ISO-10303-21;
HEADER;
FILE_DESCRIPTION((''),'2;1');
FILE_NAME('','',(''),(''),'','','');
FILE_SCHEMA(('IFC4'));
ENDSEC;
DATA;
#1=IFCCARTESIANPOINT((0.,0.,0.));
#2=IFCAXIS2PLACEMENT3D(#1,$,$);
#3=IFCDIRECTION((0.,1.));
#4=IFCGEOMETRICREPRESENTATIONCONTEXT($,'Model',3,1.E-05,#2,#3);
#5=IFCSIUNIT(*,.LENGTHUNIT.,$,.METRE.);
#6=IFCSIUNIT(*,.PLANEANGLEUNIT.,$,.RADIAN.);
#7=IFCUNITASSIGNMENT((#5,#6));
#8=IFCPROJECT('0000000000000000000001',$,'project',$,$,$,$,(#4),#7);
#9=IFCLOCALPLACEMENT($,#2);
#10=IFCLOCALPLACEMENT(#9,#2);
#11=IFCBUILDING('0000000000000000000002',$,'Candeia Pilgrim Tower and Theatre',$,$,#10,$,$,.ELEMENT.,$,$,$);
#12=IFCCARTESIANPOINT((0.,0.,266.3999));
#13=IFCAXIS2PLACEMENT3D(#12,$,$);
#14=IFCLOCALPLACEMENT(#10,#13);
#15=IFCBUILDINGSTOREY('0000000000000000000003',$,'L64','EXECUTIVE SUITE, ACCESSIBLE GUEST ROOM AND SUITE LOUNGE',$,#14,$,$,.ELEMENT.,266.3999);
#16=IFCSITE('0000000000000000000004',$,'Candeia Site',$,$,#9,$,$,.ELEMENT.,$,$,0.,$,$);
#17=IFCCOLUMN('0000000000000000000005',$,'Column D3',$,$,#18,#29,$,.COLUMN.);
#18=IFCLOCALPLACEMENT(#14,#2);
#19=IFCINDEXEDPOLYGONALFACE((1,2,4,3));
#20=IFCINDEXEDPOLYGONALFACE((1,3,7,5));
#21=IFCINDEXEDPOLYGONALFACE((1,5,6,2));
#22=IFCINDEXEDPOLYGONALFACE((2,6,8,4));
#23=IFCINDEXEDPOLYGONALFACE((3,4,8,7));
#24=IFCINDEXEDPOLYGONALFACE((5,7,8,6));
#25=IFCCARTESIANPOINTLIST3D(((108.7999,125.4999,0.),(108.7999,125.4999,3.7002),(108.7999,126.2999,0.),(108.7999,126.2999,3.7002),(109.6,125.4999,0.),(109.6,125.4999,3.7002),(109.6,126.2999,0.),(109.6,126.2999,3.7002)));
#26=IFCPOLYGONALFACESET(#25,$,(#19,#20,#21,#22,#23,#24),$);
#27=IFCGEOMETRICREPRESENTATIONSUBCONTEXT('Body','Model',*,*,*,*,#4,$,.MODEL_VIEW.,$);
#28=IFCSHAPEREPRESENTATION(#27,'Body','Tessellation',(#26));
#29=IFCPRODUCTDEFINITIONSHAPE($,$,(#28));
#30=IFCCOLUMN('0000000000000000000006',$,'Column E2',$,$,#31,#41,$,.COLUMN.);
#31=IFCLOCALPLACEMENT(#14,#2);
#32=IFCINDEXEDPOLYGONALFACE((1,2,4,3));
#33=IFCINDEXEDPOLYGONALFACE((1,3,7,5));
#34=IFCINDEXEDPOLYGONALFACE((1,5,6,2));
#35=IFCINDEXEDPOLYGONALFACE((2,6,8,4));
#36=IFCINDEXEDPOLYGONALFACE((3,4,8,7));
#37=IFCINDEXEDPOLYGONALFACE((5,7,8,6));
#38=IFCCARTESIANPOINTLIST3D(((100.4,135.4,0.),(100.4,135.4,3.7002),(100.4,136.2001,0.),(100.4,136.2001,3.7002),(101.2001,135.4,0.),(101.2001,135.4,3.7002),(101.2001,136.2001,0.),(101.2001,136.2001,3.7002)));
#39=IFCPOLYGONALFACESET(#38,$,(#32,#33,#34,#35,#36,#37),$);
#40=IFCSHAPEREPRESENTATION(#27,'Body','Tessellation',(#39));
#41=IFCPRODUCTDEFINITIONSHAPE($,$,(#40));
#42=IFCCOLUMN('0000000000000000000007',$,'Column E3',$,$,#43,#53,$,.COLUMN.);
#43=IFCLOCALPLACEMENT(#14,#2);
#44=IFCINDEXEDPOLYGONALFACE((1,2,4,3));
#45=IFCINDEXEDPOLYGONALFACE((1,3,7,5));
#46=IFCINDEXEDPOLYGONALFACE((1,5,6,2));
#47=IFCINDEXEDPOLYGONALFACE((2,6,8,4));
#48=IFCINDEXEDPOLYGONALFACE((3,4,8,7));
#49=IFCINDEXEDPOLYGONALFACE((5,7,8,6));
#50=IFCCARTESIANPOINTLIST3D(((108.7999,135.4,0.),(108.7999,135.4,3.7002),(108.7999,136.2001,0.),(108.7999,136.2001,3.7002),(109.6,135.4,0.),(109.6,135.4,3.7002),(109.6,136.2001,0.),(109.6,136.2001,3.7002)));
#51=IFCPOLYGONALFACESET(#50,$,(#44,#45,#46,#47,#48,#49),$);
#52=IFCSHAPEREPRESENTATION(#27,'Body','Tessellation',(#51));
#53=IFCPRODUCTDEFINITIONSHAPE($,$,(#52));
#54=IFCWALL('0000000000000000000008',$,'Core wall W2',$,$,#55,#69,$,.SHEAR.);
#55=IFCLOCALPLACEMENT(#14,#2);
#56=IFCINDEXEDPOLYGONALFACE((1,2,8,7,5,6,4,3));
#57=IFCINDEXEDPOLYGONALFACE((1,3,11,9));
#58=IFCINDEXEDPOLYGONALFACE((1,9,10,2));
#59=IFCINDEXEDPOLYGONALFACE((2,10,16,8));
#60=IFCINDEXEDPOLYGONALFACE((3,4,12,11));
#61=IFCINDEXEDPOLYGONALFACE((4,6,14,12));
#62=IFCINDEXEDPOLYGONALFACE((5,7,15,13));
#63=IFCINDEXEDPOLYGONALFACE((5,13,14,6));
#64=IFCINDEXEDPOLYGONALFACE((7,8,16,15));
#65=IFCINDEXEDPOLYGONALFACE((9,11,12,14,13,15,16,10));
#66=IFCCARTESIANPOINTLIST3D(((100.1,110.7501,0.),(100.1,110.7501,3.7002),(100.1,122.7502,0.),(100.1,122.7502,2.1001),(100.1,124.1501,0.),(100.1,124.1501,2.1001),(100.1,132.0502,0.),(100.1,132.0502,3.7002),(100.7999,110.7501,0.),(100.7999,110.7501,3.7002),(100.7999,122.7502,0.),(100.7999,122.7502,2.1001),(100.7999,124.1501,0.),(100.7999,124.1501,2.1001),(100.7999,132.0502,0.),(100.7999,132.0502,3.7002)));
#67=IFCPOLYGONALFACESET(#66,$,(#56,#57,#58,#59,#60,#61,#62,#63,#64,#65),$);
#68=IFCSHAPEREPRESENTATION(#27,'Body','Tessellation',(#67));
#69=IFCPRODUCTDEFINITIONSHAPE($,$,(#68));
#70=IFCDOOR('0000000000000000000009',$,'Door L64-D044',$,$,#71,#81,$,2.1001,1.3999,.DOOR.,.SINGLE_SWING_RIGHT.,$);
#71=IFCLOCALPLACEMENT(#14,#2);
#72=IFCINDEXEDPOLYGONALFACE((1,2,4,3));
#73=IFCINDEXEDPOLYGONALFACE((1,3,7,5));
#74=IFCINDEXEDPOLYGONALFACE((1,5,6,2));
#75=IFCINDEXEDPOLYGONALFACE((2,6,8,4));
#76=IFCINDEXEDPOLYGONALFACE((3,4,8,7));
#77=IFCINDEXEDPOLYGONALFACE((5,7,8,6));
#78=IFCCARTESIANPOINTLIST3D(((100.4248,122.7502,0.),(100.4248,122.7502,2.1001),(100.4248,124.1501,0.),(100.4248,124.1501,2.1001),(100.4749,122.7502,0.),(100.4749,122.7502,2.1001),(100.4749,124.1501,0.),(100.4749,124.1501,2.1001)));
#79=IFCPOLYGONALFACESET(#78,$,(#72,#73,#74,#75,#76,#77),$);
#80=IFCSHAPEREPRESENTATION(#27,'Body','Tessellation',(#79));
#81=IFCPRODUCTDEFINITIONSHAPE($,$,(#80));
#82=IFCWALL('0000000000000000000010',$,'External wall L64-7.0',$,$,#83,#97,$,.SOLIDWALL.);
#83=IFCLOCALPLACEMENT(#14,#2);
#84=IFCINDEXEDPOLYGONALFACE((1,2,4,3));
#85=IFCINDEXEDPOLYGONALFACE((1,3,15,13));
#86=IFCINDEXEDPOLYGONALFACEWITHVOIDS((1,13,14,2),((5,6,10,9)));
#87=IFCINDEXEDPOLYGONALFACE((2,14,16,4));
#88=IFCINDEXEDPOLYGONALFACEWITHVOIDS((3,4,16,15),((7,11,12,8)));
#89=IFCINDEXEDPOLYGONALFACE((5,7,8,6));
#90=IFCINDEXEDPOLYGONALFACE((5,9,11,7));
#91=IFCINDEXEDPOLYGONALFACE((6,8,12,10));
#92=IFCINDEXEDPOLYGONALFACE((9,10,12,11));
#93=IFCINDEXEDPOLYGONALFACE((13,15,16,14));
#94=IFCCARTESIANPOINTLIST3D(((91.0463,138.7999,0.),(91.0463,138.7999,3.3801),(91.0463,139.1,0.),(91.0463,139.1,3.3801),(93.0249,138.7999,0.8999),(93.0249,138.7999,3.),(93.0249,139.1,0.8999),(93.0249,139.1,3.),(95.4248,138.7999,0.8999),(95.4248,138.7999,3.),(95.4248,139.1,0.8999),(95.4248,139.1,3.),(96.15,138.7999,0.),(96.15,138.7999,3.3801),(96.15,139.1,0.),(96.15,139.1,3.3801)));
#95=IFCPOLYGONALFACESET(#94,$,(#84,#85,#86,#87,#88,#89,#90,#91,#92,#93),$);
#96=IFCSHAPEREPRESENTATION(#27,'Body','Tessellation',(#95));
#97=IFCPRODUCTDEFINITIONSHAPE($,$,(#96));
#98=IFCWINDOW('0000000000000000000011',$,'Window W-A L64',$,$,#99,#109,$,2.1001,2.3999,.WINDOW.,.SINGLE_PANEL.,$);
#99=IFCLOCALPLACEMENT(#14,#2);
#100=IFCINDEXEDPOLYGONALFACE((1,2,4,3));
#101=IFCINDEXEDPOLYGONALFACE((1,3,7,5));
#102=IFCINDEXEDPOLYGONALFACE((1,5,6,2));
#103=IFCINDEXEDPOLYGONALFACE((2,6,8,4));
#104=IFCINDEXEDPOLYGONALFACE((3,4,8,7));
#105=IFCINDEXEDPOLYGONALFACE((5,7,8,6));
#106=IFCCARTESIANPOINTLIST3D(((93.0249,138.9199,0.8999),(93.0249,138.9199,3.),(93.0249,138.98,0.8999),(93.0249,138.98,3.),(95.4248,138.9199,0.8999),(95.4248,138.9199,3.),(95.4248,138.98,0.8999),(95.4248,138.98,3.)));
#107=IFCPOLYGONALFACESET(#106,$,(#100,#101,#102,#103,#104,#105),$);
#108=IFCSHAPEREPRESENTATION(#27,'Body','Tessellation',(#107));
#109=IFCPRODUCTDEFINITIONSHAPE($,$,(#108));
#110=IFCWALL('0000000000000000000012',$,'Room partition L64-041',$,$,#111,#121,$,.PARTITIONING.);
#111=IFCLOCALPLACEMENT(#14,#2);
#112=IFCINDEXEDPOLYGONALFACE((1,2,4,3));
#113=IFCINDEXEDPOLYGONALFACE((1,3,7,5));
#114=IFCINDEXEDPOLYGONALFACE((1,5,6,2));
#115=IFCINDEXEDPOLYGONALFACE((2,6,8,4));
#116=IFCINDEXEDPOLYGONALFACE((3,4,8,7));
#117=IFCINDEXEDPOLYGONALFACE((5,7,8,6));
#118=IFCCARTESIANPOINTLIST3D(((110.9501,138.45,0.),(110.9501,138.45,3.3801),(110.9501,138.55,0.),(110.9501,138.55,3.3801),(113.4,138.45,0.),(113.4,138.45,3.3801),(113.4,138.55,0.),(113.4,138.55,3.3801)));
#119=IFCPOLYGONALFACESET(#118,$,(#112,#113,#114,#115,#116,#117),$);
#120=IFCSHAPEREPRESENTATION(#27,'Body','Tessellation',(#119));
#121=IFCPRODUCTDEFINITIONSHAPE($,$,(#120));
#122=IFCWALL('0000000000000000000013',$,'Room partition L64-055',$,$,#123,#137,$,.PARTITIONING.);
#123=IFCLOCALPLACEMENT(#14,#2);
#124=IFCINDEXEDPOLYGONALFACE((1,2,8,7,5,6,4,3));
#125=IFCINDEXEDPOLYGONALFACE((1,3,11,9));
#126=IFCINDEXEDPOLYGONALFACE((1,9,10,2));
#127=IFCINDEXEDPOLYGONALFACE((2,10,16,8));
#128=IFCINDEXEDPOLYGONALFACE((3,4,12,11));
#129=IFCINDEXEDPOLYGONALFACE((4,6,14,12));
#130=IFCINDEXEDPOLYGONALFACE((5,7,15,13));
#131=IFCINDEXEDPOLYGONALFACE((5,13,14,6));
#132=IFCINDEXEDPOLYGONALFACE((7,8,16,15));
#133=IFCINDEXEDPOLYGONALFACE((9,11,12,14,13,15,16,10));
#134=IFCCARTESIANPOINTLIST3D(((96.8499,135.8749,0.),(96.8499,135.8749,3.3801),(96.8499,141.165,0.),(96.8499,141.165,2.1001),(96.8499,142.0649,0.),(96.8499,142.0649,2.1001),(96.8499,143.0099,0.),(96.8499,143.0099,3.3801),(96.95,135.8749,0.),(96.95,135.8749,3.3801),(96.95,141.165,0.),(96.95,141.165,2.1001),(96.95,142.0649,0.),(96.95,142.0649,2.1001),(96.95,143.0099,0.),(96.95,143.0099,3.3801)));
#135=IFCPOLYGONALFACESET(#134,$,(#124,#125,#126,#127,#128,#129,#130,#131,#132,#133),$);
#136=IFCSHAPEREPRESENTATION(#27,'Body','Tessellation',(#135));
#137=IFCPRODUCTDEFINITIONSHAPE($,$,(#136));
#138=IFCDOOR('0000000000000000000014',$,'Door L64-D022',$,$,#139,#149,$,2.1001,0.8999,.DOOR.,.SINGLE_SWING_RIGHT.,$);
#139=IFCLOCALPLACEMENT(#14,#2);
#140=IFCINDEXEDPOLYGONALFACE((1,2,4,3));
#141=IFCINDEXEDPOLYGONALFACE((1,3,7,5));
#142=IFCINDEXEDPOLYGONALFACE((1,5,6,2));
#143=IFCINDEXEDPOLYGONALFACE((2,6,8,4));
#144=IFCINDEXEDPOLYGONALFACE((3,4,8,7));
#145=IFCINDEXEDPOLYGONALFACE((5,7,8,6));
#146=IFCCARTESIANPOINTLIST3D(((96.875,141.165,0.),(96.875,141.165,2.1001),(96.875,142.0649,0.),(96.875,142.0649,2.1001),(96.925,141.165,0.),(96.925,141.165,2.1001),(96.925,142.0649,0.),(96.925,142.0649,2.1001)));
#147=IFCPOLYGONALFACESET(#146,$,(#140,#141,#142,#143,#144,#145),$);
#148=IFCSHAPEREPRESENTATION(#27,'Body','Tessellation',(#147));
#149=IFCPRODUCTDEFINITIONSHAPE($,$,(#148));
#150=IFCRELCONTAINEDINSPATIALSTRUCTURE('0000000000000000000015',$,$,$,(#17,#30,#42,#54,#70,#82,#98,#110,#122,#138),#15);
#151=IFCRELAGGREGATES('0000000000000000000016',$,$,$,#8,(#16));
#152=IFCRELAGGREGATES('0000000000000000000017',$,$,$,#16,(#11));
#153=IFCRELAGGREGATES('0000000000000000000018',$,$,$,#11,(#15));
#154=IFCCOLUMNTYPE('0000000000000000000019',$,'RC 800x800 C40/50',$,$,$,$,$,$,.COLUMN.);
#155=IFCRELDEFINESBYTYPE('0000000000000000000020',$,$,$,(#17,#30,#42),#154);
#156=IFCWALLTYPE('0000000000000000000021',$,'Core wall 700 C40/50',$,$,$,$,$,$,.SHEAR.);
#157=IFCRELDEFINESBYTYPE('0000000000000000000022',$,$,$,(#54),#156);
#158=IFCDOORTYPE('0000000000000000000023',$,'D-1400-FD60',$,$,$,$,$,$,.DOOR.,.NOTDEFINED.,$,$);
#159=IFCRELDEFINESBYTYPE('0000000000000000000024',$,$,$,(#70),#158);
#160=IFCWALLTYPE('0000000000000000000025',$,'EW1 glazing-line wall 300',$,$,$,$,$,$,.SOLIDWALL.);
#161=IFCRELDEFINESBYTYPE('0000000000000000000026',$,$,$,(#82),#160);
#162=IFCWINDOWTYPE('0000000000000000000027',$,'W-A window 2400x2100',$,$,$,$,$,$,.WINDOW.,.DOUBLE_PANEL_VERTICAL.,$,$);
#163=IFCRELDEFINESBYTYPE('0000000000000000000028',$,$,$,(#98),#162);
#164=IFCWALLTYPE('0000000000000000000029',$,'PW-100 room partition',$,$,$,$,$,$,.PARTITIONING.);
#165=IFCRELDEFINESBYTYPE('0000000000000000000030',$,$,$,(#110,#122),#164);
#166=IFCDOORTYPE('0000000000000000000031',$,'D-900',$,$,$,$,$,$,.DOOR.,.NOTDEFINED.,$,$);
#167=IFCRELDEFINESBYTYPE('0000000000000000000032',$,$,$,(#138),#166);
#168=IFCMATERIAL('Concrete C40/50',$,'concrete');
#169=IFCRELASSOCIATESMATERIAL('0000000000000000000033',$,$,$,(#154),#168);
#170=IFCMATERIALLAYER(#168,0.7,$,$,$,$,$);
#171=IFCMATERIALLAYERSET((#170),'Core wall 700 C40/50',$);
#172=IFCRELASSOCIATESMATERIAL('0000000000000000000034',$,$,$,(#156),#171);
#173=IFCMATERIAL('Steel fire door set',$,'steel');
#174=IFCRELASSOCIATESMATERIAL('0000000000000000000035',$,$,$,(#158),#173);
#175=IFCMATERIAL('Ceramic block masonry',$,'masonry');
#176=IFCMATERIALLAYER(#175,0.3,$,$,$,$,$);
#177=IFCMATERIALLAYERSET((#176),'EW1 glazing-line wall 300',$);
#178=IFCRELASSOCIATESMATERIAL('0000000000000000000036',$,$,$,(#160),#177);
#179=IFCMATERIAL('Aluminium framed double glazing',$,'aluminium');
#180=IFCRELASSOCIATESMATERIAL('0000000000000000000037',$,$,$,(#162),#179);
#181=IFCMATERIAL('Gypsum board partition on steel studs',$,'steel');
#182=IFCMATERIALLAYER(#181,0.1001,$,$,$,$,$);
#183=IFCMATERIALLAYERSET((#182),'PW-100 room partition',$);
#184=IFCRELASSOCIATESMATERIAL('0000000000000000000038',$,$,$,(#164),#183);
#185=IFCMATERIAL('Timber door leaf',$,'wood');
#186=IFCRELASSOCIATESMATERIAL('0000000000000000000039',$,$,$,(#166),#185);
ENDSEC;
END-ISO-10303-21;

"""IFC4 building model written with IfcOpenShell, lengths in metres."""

from ifc_helpers import new_model, si_unit, direction, frame, frame_2d, origin, origin_2d, place, context, subcontext, project, spatial, rectangle, extrude, material, layer, layer_set, material_profile, profile_set, type_object, element, fill, save


model = new_model("IFC4")

# Units and contexts
model_context = context("Model", 3, precision=1e-05, world=origin(), true_north=direction((0.0, 1.0)))
body_context = subcontext(model_context, "Body", "Model", "MODEL_VIEW")
ifc_project = project(units=[si_unit("LENGTHUNIT", "METRE"), si_unit("PLANEANGLEUNIT", "RADIAN")], contexts=[model_context])

# Site, building, storey
site_placement = place(None, origin())
site = spatial("IfcSite", under=ifc_project, at=site_placement, Name="Candeia Site", CompositionType="ELEMENT", RefElevation=0.0)
building_placement = place(site_placement, origin())
building = spatial("IfcBuilding", under=site, at=building_placement, Name="Candeia Pilgrim Tower and Theatre", CompositionType="ELEMENT")
storey_placement = place(building_placement, frame((0.0, 0.0, 266.3999)))
storey = spatial("IfcBuildingStorey", under=building, at=storey_placement, Name="L64", Description="EXECUTIVE SUITE, ACCESSIBLE GUEST ROOM AND SUITE LOUNGE", CompositionType="ELEMENT", Elevation=266.3999)

# Columns
ifc_material_1 = material(Name="Concrete C40/50", Category="concrete")
ifc_material_profile = material_profile(ifc_material_1, rectangle(XDim=0.8, YDim=0.8, at=origin_2d()))
ifc_profile_set = profile_set([ifc_material_profile], Name="Concrete C40/50")
column_type = type_object("IfcColumnType", Name="RC 800x800 C40/50", PredefinedType="COLUMN", material=ifc_profile_set)
for number, where, z_axis, x_axis, name in (
    (1, (109.2, 125.8999, 0.0), (0.0, 0.0, 1.0), (1.0, 0.0, 0.0), "Column D3"),
    (2, (100.8, 135.8, 0.0), (0.0, 0.0, 1.0), (1.0, 0.0, 0.0), "Column E2"),
    (3, (109.2, 135.8, 0.0), (0.0, 0.0, 1.0), (1.0, 0.0, 0.0), "Column E3"),
):
    element("IfcColumn", number, at=place(storey_placement, frame(where, z_axis=z_axis, x_axis=x_axis)), inside=storey, type_object=column_type, Name=name, PredefinedType="COLUMN", context=body_context, shape_type="SweptSolid", body=[
        extrude(rectangle(XDim=0.8, YDim=0.8, at=origin_2d()), origin(), (0.0, 0.0, 1.0), 3.7002),
    ])

# Wall, opening, door
ifc_layer_1 = layer(ifc_material_1, 0.7)
ifc_layer_set_1 = layer_set([ifc_layer_1], Name="Core wall 700 C40/50")
wall_type_1 = type_object("IfcWallType", Name="Core wall 700 C40/50", PredefinedType="SHEAR", material=ifc_layer_set_1)
wall_1_placement = place(storey_placement, frame((100.45, 132.05, 0.0), z_axis=(0.0, 0.0, 1.0), x_axis=(0.0, -1.0, 0.0)))
wall_1 = element("IfcWall", 4, at=wall_1_placement, inside=storey, type_object=wall_type_1, Name="Core wall W2", PredefinedType="SHEAR", context=body_context, shape_type="SweptSolid", body=[
    extrude(rectangle(XDim=21.3, YDim=0.7, at=frame_2d((10.6499, 0.0))), origin(), (0.0, 0.0, 1.0), 3.7002),
])
opening_1_placement = place(wall_1_placement, frame((7.8999, 0.0, 0.0)))
opening_1 = element("IfcOpeningElement", 5, at=opening_1_placement, cuts=wall_1, PredefinedType="OPENING", context=body_context, shape_type="SweptSolid", body=[
    extrude(rectangle(XDim=1.3999, YDim=2.1001, at=frame_2d((0.7, 1.05))), frame((0.0, 0.3599, 0.0), z_axis=(0.0, -1.0, 0.0), x_axis=(1.0, 0.0, 0.0)), (0.0, 0.0, 1.0), 0.72),
])
ifc_material_2 = material(Name="Steel fire door set", Category="steel")
door_type_1 = type_object("IfcDoorType", Name="D-1400-FD60", OperationType="NOTDEFINED", PredefinedType="DOOR", material=ifc_material_2)
door_1_placement = place(opening_1_placement, origin())
door_1 = element("IfcDoor", 6, at=door_1_placement, inside=storey, type_object=door_type_1, Name="Door L64-D044", OperationType="SINGLE_SWING_RIGHT", OverallHeight=2.1001, OverallWidth=1.3999, PredefinedType="DOOR", context=body_context, shape_type="SweptSolid", body=[
    extrude(rectangle(XDim=1.3999, YDim=2.1001, at=frame_2d((0.7, 1.05))), frame((0.0, 0.0249, 0.0), z_axis=(0.0, -1.0, 0.0), x_axis=(1.0, 0.0, 0.0)), (0.0, 0.0, 1.0), 0.05),
])
fill(opening_1, door_1)

# Wall, opening, window
ifc_material_3 = material(Name="Ceramic block masonry", Category="masonry")
ifc_layer_2 = layer(ifc_material_3, 0.3)
ifc_layer_set_2 = layer_set([ifc_layer_2], Name="EW1 glazing-line wall 300")
wall_type_2 = type_object("IfcWallType", Name="EW1 glazing-line wall 300", PredefinedType="SOLIDWALL", material=ifc_layer_set_2)
wall_2_placement = place(storey_placement, frame((96.1499, 138.95, 0.0), z_axis=(0.0, 0.0, 1.0), x_axis=(-1.0, 0.0, 0.0)))
wall_2 = element("IfcWall", 7, at=wall_2_placement, inside=storey, type_object=wall_type_2, Name="External wall L64-7.0", PredefinedType="SOLIDWALL", context=body_context, shape_type="SweptSolid", body=[
    extrude(rectangle(XDim=5.1038, YDim=0.3, at=frame_2d((2.5518, 0.0))), origin(), (0.0, 0.0, 1.0), 3.3801),
])
opening_2_placement = place(wall_2_placement, frame((0.7251, 0.0, 0.8999)))
opening_2 = element("IfcOpeningElement", 8, at=opening_2_placement, cuts=wall_2, PredefinedType="OPENING", context=body_context, shape_type="SweptSolid", body=[
    extrude(rectangle(XDim=2.3999, YDim=2.1001, at=frame_2d((1.2, 1.05))), frame((0.0, 0.1602, 0.0), z_axis=(0.0, -1.0, 0.0), x_axis=(1.0, 0.0, 0.0)), (0.0, 0.0, 1.0), 0.3201),
])
ifc_material_4 = material(Name="Aluminium framed double glazing", Category="aluminium")
window_type = type_object("IfcWindowType", Name="W-A window 2400x2100", PartitioningType="DOUBLE_PANEL_VERTICAL", PredefinedType="WINDOW", material=ifc_material_4)
window_placement = place(opening_2_placement, origin())
window = element("IfcWindow", 9, at=window_placement, inside=storey, type_object=window_type, Name="Window W-A L64", OverallHeight=2.1001, OverallWidth=2.3999, PartitioningType="SINGLE_PANEL", PredefinedType="WINDOW", context=body_context, shape_type="SweptSolid", body=[
    extrude(rectangle(XDim=2.3999, YDim=2.1001, at=frame_2d((1.2, 1.05))), frame((0.0, 0.03, 0.0), z_axis=(0.0, -1.0, 0.0), x_axis=(1.0, 0.0, 0.0)), (0.0, 0.0, 1.0), 0.0601),
])
fill(opening_2, window)

# Wall
ifc_material_5 = material(Name="Gypsum board partition on steel studs", Category="steel")
ifc_layer_3 = layer(ifc_material_5, 0.1001)
ifc_layer_set_3 = layer_set([ifc_layer_3], Name="PW-100 room partition")
wall_type_3 = type_object("IfcWallType", Name="PW-100 room partition", PredefinedType="PARTITIONING", material=ifc_layer_set_3)
wall_3_placement = place(storey_placement, frame((110.95, 138.5, 0.0), z_axis=(0.0, 0.0, 1.0), x_axis=(1.0, 0.0, 0.0)))
element("IfcWall", 10, at=wall_3_placement, inside=storey, type_object=wall_type_3, Name="Room partition L64-041", PredefinedType="PARTITIONING", context=body_context, shape_type="SweptSolid", body=[
    extrude(rectangle(XDim=2.45, YDim=0.1001, at=frame_2d((1.2251, 0.0))), origin(), (0.0, 0.0, 1.0), 3.3801),
])

# Wall, opening, door
wall_4_placement = place(storey_placement, frame((96.8999, 135.875, 0.0), z_axis=(0.0, 0.0, 1.0), x_axis=(0.0, 1.0, 0.0)))
wall_4 = element("IfcWall", 11, at=wall_4_placement, inside=storey, type_object=wall_type_3, Name="Room partition L64-055", PredefinedType="PARTITIONING", context=body_context, shape_type="SweptSolid", body=[
    extrude(rectangle(XDim=7.135, YDim=0.1001, at=frame_2d((3.5674, 0.0))), origin(), (0.0, 0.0, 1.0), 3.3801),
])
opening_3_placement = place(wall_4_placement, frame((5.29, 0.0, 0.0)))
opening_3 = element("IfcOpeningElement", 12, at=opening_3_placement, cuts=wall_4, PredefinedType="OPENING", context=body_context, shape_type="SweptSolid", body=[
    extrude(rectangle(XDim=0.8999, YDim=2.1001, at=frame_2d((0.45, 1.05))), frame((0.0, 0.0601, 0.0), z_axis=(0.0, -1.0, 0.0), x_axis=(1.0, 0.0, 0.0)), (0.0, 0.0, 1.0), 0.1201),
])
ifc_material_6 = material(Name="Timber door leaf", Category="wood")
door_type_2 = type_object("IfcDoorType", Name="D-900", OperationType="NOTDEFINED", PredefinedType="DOOR", material=ifc_material_6)
door_2_placement = place(opening_3_placement, origin())
door_2 = element("IfcDoor", 13, at=door_2_placement, inside=storey, type_object=door_type_2, Name="Door L64-D022", OperationType="SINGLE_SWING_RIGHT", OverallHeight=2.1001, OverallWidth=0.8999, PredefinedType="DOOR", context=body_context, shape_type="SweptSolid", body=[
    extrude(rectangle(XDim=0.8999, YDim=2.1001, at=frame_2d((0.45, 1.05))), frame((0.0, 0.0249, 0.0), z_axis=(0.0, -1.0, 0.0), x_axis=(1.0, 0.0, 0.0)), (0.0, 0.0, 1.0), 0.05),
])
fill(opening_3, door_2)

save(model, "model.ifc")
